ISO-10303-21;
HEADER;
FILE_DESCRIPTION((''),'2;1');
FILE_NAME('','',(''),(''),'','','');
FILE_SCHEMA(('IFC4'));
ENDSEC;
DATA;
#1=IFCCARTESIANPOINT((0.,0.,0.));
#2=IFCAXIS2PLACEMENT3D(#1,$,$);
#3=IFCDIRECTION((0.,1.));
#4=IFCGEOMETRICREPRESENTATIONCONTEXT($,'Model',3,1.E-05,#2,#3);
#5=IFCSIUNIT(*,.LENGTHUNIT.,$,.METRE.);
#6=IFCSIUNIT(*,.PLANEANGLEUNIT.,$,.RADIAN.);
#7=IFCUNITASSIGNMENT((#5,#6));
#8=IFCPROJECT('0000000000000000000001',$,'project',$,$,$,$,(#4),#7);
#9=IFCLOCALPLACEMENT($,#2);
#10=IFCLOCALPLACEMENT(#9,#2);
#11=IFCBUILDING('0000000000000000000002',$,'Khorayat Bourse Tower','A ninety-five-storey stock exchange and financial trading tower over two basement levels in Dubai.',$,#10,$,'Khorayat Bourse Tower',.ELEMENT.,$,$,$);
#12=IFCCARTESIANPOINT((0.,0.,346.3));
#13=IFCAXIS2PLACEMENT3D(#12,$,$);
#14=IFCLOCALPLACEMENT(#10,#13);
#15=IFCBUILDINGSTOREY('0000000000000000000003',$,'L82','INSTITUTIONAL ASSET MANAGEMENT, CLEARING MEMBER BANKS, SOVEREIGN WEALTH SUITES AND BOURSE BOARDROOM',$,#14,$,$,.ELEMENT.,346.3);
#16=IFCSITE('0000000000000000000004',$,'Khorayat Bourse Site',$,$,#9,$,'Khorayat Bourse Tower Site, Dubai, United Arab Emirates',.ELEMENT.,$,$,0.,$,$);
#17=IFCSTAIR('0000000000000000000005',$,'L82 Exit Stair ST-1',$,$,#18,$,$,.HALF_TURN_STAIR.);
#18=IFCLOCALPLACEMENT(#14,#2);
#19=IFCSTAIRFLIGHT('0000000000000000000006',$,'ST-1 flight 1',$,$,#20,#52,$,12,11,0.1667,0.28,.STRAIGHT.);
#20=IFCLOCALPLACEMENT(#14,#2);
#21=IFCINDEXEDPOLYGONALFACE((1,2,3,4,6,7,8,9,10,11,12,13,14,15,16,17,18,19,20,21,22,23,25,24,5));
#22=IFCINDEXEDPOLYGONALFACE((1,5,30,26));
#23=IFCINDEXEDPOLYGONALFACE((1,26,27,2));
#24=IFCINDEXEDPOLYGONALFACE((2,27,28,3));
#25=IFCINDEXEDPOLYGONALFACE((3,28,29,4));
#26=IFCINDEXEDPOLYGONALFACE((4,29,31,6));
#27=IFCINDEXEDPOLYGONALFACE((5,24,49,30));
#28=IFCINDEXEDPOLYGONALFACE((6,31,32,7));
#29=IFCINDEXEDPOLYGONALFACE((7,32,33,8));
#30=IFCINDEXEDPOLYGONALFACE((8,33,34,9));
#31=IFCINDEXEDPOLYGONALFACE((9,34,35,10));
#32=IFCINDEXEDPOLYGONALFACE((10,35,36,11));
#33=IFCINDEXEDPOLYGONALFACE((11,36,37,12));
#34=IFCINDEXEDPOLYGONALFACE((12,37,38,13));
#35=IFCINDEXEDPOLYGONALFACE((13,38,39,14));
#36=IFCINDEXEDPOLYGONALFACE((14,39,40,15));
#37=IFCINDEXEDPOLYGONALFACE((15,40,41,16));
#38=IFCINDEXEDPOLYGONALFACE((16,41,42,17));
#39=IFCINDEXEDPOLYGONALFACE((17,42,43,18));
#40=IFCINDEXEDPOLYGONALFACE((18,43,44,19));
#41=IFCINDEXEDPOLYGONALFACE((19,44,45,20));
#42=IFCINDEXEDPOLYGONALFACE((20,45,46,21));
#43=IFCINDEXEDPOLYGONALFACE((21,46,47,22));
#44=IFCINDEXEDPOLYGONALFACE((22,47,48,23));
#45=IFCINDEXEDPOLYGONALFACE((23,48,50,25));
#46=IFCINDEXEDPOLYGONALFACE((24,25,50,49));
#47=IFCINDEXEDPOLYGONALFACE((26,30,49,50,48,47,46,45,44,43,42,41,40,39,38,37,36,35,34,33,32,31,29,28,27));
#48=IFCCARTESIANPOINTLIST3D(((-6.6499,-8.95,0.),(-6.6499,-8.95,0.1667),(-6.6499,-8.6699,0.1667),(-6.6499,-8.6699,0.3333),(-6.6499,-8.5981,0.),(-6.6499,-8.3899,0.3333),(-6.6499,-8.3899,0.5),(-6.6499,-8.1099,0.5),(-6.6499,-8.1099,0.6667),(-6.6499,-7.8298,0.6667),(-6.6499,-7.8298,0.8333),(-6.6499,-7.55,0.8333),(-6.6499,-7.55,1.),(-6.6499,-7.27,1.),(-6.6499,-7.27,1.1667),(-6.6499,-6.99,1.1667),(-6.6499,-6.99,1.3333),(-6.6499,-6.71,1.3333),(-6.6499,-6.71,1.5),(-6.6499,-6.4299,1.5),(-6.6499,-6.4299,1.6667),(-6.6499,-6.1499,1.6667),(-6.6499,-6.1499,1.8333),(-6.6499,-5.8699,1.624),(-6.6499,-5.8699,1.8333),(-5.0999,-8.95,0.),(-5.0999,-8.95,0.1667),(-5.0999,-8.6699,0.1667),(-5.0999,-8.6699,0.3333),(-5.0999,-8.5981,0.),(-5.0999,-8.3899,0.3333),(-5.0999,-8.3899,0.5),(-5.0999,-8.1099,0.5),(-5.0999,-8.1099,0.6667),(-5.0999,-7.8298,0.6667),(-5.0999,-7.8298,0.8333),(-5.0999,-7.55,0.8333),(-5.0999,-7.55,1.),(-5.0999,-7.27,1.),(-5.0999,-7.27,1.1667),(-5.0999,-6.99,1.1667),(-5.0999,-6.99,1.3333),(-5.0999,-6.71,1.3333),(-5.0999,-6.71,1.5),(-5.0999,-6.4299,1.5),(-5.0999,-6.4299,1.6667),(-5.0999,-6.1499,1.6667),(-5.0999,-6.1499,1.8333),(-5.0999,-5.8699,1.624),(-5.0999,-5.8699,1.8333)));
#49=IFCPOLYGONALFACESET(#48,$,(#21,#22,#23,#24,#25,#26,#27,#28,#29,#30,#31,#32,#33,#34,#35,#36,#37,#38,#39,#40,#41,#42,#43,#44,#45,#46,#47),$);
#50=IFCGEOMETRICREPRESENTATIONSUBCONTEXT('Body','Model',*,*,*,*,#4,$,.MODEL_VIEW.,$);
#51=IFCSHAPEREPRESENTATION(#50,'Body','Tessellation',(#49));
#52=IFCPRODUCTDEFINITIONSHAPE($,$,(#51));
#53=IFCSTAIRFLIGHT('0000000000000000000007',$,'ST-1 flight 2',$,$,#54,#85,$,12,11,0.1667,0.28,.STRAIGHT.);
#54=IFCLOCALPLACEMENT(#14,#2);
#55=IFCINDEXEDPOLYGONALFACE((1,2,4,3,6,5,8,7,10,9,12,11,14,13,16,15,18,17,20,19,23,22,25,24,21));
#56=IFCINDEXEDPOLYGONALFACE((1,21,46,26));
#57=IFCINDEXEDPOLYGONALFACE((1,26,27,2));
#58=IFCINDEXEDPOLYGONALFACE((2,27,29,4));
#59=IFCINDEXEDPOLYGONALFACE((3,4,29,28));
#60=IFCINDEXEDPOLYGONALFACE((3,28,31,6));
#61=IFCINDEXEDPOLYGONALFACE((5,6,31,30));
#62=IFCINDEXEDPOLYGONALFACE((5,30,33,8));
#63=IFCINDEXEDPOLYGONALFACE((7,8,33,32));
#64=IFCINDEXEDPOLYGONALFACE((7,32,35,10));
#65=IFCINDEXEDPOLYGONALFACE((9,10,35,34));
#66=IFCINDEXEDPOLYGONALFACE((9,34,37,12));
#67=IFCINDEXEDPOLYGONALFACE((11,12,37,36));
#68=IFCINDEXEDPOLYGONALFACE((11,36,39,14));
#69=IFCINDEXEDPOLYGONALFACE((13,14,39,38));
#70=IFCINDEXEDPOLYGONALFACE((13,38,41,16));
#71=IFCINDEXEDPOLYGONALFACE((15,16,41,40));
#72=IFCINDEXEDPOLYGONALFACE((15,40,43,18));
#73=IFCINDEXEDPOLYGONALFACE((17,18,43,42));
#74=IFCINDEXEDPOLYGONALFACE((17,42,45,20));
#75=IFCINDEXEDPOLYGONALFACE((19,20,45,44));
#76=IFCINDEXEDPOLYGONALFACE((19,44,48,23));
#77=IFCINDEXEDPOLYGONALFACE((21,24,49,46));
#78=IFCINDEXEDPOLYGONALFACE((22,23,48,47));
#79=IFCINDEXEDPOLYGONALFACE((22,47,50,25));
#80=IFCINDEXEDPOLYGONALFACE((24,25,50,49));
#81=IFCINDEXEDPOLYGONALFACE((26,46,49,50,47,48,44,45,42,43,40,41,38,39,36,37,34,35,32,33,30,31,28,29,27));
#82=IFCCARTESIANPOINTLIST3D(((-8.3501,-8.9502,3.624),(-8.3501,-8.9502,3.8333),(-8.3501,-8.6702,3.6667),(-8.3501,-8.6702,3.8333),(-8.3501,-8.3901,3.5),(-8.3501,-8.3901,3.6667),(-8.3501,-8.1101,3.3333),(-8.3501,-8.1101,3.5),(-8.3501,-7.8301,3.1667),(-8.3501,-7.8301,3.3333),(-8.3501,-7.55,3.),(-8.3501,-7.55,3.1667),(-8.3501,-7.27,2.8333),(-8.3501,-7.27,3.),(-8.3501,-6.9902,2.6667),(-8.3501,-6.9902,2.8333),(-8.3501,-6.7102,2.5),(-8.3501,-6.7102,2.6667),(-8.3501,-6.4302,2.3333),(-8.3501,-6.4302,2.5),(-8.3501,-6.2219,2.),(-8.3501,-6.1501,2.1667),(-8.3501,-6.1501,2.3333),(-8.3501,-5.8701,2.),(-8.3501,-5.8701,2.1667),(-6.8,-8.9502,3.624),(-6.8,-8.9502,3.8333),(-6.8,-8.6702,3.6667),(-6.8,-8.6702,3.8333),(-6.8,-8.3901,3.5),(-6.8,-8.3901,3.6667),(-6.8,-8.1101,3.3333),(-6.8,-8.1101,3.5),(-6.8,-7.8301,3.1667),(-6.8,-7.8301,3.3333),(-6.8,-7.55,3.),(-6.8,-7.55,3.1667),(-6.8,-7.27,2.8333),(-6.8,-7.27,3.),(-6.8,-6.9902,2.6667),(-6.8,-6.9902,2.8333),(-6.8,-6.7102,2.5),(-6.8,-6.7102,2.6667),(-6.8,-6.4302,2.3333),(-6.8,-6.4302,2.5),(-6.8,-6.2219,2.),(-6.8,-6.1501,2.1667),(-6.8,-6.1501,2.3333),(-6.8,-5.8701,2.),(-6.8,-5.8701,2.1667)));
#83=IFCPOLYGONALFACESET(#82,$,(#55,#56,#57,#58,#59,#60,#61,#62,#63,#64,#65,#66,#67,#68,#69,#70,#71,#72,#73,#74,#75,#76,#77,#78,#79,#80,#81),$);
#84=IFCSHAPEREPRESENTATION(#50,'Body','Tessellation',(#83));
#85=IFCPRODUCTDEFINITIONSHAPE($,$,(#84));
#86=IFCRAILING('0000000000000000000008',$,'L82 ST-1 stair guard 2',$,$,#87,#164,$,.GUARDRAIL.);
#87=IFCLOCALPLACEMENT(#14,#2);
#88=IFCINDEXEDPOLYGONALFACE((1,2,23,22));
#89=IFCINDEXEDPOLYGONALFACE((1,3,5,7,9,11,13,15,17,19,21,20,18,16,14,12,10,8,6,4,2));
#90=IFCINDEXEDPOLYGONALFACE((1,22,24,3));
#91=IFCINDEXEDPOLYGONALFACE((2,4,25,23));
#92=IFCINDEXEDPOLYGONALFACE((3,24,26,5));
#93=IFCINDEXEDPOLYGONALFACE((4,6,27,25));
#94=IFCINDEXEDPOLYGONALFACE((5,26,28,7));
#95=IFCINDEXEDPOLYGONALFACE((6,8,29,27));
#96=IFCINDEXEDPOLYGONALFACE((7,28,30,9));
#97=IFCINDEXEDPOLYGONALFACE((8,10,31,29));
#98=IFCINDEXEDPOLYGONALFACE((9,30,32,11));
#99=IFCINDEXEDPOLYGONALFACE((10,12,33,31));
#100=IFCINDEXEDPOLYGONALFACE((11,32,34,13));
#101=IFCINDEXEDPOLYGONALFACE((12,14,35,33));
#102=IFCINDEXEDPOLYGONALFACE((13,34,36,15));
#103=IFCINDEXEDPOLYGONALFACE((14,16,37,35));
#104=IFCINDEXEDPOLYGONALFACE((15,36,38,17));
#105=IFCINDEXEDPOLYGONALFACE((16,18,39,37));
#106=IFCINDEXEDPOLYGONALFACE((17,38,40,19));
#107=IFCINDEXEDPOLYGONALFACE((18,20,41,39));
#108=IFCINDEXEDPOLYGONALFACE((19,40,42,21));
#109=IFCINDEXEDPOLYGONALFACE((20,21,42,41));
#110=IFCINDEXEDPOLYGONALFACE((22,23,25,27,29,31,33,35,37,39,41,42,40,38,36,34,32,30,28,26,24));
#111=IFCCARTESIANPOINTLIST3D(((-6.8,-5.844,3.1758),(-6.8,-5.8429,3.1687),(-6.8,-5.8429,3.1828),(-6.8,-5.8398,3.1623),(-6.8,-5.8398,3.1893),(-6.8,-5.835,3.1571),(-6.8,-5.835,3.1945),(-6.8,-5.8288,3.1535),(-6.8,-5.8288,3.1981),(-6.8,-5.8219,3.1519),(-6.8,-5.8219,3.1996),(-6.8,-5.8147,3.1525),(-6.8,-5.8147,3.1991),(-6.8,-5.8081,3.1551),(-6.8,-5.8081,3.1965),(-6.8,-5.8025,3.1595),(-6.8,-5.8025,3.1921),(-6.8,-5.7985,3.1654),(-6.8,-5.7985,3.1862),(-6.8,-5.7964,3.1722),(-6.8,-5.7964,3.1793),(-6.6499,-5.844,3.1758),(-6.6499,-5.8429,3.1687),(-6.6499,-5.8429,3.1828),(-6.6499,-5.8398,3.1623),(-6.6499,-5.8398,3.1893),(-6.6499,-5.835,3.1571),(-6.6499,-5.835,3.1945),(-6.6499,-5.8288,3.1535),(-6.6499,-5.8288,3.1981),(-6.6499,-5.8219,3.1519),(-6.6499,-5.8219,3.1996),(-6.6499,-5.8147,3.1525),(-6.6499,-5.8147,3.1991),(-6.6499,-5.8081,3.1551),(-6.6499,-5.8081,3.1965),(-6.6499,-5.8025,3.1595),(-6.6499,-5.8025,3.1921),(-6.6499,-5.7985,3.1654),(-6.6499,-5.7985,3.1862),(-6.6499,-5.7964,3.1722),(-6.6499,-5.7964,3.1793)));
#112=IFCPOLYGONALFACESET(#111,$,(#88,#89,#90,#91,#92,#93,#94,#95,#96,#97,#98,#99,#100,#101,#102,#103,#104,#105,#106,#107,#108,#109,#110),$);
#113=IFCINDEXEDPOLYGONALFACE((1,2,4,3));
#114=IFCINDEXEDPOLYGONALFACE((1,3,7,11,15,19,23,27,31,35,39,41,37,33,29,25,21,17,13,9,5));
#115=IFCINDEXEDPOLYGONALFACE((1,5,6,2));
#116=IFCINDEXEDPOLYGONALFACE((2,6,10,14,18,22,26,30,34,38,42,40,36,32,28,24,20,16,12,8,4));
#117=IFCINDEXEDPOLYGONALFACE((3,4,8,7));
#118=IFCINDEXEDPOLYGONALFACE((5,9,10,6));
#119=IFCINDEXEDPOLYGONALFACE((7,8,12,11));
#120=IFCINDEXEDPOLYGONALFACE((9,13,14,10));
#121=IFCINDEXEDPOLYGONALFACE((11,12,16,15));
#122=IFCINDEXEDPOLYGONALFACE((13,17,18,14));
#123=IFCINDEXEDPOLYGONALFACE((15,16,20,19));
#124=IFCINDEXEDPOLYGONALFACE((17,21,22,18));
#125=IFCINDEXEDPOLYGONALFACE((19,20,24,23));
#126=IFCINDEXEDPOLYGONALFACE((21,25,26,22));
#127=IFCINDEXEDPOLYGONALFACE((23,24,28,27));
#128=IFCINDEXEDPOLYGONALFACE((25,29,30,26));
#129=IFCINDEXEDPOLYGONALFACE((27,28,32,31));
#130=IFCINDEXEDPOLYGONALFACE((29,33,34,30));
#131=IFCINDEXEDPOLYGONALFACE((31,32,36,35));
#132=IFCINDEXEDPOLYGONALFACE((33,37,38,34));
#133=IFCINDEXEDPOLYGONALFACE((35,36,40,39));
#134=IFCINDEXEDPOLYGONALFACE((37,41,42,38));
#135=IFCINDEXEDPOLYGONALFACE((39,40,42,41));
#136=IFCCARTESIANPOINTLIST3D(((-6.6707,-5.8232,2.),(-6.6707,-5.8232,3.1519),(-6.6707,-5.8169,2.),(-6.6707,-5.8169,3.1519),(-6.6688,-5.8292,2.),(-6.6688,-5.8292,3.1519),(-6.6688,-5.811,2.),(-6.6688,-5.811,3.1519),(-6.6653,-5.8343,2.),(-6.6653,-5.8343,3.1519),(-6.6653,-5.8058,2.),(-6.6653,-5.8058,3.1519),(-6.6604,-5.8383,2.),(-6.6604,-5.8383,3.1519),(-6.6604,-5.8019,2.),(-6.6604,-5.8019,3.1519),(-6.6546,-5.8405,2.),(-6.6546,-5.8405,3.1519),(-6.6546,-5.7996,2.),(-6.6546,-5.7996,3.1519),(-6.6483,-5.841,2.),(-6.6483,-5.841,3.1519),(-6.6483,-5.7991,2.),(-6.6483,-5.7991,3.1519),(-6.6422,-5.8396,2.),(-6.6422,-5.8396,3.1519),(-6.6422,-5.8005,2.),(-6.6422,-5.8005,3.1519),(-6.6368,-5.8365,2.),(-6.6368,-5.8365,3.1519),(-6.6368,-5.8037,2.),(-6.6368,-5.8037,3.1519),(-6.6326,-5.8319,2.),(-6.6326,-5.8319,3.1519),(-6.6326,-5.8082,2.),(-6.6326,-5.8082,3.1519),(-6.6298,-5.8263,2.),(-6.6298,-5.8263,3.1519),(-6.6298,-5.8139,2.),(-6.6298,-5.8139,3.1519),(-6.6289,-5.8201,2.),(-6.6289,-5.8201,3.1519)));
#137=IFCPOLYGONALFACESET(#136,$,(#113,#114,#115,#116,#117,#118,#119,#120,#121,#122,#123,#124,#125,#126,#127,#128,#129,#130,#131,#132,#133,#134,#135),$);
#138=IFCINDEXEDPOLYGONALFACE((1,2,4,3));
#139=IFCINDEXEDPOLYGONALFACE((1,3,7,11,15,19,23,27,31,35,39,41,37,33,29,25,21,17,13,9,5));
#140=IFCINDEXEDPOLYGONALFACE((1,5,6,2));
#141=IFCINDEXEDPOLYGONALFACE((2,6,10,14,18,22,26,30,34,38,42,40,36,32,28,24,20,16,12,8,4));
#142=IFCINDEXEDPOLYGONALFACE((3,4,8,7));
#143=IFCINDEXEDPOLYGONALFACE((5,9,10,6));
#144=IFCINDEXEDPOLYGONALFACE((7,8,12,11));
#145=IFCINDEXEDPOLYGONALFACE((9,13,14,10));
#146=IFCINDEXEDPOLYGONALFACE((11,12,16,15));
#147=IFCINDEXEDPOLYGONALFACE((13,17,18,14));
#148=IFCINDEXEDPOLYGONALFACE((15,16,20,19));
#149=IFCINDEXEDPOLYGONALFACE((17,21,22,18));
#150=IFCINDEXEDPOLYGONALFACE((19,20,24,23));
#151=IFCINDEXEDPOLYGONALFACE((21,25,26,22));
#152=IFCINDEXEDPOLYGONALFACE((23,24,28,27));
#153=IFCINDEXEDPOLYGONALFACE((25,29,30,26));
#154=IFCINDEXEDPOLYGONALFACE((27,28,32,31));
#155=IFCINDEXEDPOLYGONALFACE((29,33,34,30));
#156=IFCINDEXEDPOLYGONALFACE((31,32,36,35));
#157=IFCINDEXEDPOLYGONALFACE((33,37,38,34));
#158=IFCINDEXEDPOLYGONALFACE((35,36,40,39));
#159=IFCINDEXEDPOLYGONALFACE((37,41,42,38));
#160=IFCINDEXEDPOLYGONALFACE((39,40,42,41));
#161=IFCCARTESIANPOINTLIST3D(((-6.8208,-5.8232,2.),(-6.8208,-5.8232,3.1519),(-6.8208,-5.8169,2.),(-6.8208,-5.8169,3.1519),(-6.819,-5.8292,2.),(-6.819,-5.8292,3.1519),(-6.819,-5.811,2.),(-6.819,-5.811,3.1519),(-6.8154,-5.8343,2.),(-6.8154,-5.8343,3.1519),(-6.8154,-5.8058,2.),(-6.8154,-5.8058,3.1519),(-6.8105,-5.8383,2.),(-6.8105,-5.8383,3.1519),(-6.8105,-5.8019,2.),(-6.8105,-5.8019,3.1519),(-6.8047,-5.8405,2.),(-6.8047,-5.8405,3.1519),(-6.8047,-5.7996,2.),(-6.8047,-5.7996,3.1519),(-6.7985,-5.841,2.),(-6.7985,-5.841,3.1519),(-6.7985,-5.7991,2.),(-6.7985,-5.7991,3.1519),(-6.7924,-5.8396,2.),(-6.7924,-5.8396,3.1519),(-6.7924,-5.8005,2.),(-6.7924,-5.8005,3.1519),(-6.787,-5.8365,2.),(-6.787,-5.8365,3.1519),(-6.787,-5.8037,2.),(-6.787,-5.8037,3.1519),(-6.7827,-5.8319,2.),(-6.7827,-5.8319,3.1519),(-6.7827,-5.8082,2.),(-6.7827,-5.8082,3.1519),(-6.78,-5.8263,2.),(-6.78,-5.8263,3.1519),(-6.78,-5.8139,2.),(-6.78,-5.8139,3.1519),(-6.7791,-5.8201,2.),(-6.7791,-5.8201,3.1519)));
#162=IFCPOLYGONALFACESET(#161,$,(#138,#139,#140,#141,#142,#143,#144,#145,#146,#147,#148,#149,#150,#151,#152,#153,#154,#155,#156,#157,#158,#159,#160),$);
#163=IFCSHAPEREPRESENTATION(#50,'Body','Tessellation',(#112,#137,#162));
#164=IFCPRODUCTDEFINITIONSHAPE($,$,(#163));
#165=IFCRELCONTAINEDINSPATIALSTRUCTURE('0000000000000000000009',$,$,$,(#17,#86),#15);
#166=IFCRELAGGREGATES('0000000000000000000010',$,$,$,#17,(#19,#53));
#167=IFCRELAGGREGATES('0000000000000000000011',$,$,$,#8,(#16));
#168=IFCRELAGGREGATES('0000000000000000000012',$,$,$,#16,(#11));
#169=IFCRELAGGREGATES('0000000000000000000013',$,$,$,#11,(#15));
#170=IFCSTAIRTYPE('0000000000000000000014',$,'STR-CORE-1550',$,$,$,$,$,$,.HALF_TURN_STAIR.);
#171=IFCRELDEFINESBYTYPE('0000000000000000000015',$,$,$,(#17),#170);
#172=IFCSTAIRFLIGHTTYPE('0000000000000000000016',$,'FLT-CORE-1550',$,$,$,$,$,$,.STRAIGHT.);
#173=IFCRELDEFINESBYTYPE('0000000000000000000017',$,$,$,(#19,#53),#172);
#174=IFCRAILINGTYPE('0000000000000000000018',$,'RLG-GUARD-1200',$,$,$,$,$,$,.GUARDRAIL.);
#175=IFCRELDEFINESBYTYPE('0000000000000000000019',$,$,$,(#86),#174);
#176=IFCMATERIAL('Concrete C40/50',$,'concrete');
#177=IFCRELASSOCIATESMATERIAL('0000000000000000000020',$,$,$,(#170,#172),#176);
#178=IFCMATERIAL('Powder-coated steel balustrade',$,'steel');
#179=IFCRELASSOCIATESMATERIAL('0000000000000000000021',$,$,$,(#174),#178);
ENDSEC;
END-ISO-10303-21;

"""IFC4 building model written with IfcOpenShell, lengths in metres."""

from ifc_helpers import new_model, si_unit, direction, frame, origin, origin_2d, place, context, subcontext, project, spatial, polyline, circle, outline, extrude, source, transform, mapped, material, type_object, element, aggregate, save


model = new_model("IFC4")

# Units and contexts
model_context = context("Model", 3, precision=1e-05, world=origin(), true_north=direction((0.0, 1.0)))
body_context = subcontext(model_context, "Body", "Model", "MODEL_VIEW")
ifc_project = project(units=[si_unit("LENGTHUNIT", "METRE"), si_unit("PLANEANGLEUNIT", "RADIAN")], contexts=[model_context])

# Site, building, storey
site_placement = place(None, origin())
site = spatial("IfcSite", under=ifc_project, at=site_placement, Name="Khorayat Bourse Site", LongName="Khorayat Bourse Tower Site, Dubai, United Arab Emirates", CompositionType="ELEMENT", RefElevation=0.0)
building_placement = place(site_placement, origin())
building = spatial("IfcBuilding", under=site, at=building_placement, Name="Khorayat Bourse Tower", Description="A ninety-five-storey stock exchange and financial trading tower over two basement levels in Dubai.", LongName="Khorayat Bourse Tower", CompositionType="ELEMENT")
storey_placement = place(building_placement, frame((0.0, 0.0, 346.3)))
storey = spatial("IfcBuildingStorey", under=building, at=storey_placement, Name="L82", Description="INSTITUTIONAL ASSET MANAGEMENT, CLEARING MEMBER BANKS, SOVEREIGN WEALTH SUITES AND BOURSE BOARDROOM", CompositionType="ELEMENT", Elevation=346.3)

# Stair, stair flights
ifc_material_1 = material(Name="Concrete C40/50", Category="concrete")
stair_type = type_object("IfcStairType", Name="STR-CORE-1550", PredefinedType="HALF_TURN_STAIR", material=ifc_material_1)
stair_placement = place(storey_placement, origin())
stair = element("IfcStair", 1, at=stair_placement, inside=storey, type_object=stair_type, Name="L82 Exit Stair ST-1", PredefinedType="HALF_TURN_STAIR")
stair_flight_type = type_object("IfcStairFlightType", Name="FLT-CORE-1550", PredefinedType="STRAIGHT", material=ifc_material_1)
shared_shape_1 = source(origin(), body_context, "Body", "SweptSolid", [
    extrude(outline(polyline([(0.0, 0.0), (0.0, 0.1667), (0.28, 0.1667), (0.28, 0.3333), (0.5601, 0.3333), (0.5601, 0.5), (0.8401, 0.5), (0.8401, 0.6667), (1.1201, 0.6667), (1.1201, 0.8333), (1.3999, 0.8333), (1.3999, 1.0), (1.6799, 1.0), (1.6799, 1.1667), (1.96, 1.1667), (1.96, 1.3333), (2.24, 1.3333), (2.24, 1.5), (2.52, 1.5), (2.52, 1.6667), (2.8, 1.6667), (2.8, 1.8333), (3.0801, 1.8333), (3.0801, 2.0), (3.0801, 1.624), (0.3518, 0.0), (0.0, 0.0)])), frame((0.0, 0.7749, 0.0), z_axis=(0.0, -1.0, 0.0), x_axis=(1.0, 0.0, 0.0)), (0.0, 0.0, 1.0), 1.55),
])
stair_flight_1_placement = place(storey_placement, frame((-5.875, -8.95, 0.0), z_axis=(0.0, 0.0, 1.0), x_axis=(0.0, 1.0, 0.0)))
stair_flight_1 = element("IfcStairFlight", 2, at=stair_flight_1_placement, type_object=stair_flight_type, Name="ST-1 flight 1", NumberOfRisers=12, NumberOfTreads=11, PredefinedType="STRAIGHT", RiserHeight=0.1667, TreadLength=0.28, context=body_context, shape_type="MappedRepresentation", body=[
    mapped(shared_shape_1, transform((0.0, 0.0, 0.0), scale=1.0)),
])
stair_flight_2_placement = place(storey_placement, frame((-7.575, -5.8701, 2.0), z_axis=(0.0, 0.0, 1.0), x_axis=(0.0, -1.0, 0.0)))
stair_flight_2 = element("IfcStairFlight", 3, at=stair_flight_2_placement, type_object=stair_flight_type, Name="ST-1 flight 2", NumberOfRisers=12, NumberOfTreads=11, PredefinedType="STRAIGHT", RiserHeight=0.1667, TreadLength=0.28, context=body_context, shape_type="MappedRepresentation", body=[
    mapped(shared_shape_1, transform((0.0, 0.0, 0.0), scale=1.0)),
])
aggregate(stair, [stair_flight_1, stair_flight_2])

# Railing
ifc_material_2 = material(Name="Powder-coated steel balustrade", Category="steel")
railing_type_1 = type_object("IfcRailingType", Name="RLG-GUARD-1200", PredefinedType="GUARDRAIL", material=ifc_material_2)
shared_shape_2 = source(origin(), body_context, "Body", "SweptSolid", [
    extrude(circle(Radius=0.0239, at=origin_2d()), frame((0.0, 0.0, 1.1758), z_axis=(-1.0, 0.0, 0.0), x_axis=(0.0, -1.0, 0.0)), (0.0, 0.0, 1.0), 0.1501),
    extrude(circle(Radius=0.021, at=origin_2d()), origin(), (0.0, 0.0, 1.0), 1.1519),
    extrude(circle(Radius=0.021, at=origin_2d()), frame((-0.1501, 0.0, 0.0)), (0.0, 0.0, 1.0), 1.1519),
])
for number, where, name in (
    (4, (-6.6499, -5.8201, 2.0), "L82 ST-1 stair guard 2"),
):
    element("IfcRailing", number, at=place(storey_placement, frame(where)), inside=storey, type_object=railing_type_1, Name=name, PredefinedType="GUARDRAIL", context=body_context, shape_type="MappedRepresentation", body=[
        mapped(shared_shape_2, transform((0.0, 0.0, 0.0), scale=1.0)),
    ])

save(model, "model.ifc")
